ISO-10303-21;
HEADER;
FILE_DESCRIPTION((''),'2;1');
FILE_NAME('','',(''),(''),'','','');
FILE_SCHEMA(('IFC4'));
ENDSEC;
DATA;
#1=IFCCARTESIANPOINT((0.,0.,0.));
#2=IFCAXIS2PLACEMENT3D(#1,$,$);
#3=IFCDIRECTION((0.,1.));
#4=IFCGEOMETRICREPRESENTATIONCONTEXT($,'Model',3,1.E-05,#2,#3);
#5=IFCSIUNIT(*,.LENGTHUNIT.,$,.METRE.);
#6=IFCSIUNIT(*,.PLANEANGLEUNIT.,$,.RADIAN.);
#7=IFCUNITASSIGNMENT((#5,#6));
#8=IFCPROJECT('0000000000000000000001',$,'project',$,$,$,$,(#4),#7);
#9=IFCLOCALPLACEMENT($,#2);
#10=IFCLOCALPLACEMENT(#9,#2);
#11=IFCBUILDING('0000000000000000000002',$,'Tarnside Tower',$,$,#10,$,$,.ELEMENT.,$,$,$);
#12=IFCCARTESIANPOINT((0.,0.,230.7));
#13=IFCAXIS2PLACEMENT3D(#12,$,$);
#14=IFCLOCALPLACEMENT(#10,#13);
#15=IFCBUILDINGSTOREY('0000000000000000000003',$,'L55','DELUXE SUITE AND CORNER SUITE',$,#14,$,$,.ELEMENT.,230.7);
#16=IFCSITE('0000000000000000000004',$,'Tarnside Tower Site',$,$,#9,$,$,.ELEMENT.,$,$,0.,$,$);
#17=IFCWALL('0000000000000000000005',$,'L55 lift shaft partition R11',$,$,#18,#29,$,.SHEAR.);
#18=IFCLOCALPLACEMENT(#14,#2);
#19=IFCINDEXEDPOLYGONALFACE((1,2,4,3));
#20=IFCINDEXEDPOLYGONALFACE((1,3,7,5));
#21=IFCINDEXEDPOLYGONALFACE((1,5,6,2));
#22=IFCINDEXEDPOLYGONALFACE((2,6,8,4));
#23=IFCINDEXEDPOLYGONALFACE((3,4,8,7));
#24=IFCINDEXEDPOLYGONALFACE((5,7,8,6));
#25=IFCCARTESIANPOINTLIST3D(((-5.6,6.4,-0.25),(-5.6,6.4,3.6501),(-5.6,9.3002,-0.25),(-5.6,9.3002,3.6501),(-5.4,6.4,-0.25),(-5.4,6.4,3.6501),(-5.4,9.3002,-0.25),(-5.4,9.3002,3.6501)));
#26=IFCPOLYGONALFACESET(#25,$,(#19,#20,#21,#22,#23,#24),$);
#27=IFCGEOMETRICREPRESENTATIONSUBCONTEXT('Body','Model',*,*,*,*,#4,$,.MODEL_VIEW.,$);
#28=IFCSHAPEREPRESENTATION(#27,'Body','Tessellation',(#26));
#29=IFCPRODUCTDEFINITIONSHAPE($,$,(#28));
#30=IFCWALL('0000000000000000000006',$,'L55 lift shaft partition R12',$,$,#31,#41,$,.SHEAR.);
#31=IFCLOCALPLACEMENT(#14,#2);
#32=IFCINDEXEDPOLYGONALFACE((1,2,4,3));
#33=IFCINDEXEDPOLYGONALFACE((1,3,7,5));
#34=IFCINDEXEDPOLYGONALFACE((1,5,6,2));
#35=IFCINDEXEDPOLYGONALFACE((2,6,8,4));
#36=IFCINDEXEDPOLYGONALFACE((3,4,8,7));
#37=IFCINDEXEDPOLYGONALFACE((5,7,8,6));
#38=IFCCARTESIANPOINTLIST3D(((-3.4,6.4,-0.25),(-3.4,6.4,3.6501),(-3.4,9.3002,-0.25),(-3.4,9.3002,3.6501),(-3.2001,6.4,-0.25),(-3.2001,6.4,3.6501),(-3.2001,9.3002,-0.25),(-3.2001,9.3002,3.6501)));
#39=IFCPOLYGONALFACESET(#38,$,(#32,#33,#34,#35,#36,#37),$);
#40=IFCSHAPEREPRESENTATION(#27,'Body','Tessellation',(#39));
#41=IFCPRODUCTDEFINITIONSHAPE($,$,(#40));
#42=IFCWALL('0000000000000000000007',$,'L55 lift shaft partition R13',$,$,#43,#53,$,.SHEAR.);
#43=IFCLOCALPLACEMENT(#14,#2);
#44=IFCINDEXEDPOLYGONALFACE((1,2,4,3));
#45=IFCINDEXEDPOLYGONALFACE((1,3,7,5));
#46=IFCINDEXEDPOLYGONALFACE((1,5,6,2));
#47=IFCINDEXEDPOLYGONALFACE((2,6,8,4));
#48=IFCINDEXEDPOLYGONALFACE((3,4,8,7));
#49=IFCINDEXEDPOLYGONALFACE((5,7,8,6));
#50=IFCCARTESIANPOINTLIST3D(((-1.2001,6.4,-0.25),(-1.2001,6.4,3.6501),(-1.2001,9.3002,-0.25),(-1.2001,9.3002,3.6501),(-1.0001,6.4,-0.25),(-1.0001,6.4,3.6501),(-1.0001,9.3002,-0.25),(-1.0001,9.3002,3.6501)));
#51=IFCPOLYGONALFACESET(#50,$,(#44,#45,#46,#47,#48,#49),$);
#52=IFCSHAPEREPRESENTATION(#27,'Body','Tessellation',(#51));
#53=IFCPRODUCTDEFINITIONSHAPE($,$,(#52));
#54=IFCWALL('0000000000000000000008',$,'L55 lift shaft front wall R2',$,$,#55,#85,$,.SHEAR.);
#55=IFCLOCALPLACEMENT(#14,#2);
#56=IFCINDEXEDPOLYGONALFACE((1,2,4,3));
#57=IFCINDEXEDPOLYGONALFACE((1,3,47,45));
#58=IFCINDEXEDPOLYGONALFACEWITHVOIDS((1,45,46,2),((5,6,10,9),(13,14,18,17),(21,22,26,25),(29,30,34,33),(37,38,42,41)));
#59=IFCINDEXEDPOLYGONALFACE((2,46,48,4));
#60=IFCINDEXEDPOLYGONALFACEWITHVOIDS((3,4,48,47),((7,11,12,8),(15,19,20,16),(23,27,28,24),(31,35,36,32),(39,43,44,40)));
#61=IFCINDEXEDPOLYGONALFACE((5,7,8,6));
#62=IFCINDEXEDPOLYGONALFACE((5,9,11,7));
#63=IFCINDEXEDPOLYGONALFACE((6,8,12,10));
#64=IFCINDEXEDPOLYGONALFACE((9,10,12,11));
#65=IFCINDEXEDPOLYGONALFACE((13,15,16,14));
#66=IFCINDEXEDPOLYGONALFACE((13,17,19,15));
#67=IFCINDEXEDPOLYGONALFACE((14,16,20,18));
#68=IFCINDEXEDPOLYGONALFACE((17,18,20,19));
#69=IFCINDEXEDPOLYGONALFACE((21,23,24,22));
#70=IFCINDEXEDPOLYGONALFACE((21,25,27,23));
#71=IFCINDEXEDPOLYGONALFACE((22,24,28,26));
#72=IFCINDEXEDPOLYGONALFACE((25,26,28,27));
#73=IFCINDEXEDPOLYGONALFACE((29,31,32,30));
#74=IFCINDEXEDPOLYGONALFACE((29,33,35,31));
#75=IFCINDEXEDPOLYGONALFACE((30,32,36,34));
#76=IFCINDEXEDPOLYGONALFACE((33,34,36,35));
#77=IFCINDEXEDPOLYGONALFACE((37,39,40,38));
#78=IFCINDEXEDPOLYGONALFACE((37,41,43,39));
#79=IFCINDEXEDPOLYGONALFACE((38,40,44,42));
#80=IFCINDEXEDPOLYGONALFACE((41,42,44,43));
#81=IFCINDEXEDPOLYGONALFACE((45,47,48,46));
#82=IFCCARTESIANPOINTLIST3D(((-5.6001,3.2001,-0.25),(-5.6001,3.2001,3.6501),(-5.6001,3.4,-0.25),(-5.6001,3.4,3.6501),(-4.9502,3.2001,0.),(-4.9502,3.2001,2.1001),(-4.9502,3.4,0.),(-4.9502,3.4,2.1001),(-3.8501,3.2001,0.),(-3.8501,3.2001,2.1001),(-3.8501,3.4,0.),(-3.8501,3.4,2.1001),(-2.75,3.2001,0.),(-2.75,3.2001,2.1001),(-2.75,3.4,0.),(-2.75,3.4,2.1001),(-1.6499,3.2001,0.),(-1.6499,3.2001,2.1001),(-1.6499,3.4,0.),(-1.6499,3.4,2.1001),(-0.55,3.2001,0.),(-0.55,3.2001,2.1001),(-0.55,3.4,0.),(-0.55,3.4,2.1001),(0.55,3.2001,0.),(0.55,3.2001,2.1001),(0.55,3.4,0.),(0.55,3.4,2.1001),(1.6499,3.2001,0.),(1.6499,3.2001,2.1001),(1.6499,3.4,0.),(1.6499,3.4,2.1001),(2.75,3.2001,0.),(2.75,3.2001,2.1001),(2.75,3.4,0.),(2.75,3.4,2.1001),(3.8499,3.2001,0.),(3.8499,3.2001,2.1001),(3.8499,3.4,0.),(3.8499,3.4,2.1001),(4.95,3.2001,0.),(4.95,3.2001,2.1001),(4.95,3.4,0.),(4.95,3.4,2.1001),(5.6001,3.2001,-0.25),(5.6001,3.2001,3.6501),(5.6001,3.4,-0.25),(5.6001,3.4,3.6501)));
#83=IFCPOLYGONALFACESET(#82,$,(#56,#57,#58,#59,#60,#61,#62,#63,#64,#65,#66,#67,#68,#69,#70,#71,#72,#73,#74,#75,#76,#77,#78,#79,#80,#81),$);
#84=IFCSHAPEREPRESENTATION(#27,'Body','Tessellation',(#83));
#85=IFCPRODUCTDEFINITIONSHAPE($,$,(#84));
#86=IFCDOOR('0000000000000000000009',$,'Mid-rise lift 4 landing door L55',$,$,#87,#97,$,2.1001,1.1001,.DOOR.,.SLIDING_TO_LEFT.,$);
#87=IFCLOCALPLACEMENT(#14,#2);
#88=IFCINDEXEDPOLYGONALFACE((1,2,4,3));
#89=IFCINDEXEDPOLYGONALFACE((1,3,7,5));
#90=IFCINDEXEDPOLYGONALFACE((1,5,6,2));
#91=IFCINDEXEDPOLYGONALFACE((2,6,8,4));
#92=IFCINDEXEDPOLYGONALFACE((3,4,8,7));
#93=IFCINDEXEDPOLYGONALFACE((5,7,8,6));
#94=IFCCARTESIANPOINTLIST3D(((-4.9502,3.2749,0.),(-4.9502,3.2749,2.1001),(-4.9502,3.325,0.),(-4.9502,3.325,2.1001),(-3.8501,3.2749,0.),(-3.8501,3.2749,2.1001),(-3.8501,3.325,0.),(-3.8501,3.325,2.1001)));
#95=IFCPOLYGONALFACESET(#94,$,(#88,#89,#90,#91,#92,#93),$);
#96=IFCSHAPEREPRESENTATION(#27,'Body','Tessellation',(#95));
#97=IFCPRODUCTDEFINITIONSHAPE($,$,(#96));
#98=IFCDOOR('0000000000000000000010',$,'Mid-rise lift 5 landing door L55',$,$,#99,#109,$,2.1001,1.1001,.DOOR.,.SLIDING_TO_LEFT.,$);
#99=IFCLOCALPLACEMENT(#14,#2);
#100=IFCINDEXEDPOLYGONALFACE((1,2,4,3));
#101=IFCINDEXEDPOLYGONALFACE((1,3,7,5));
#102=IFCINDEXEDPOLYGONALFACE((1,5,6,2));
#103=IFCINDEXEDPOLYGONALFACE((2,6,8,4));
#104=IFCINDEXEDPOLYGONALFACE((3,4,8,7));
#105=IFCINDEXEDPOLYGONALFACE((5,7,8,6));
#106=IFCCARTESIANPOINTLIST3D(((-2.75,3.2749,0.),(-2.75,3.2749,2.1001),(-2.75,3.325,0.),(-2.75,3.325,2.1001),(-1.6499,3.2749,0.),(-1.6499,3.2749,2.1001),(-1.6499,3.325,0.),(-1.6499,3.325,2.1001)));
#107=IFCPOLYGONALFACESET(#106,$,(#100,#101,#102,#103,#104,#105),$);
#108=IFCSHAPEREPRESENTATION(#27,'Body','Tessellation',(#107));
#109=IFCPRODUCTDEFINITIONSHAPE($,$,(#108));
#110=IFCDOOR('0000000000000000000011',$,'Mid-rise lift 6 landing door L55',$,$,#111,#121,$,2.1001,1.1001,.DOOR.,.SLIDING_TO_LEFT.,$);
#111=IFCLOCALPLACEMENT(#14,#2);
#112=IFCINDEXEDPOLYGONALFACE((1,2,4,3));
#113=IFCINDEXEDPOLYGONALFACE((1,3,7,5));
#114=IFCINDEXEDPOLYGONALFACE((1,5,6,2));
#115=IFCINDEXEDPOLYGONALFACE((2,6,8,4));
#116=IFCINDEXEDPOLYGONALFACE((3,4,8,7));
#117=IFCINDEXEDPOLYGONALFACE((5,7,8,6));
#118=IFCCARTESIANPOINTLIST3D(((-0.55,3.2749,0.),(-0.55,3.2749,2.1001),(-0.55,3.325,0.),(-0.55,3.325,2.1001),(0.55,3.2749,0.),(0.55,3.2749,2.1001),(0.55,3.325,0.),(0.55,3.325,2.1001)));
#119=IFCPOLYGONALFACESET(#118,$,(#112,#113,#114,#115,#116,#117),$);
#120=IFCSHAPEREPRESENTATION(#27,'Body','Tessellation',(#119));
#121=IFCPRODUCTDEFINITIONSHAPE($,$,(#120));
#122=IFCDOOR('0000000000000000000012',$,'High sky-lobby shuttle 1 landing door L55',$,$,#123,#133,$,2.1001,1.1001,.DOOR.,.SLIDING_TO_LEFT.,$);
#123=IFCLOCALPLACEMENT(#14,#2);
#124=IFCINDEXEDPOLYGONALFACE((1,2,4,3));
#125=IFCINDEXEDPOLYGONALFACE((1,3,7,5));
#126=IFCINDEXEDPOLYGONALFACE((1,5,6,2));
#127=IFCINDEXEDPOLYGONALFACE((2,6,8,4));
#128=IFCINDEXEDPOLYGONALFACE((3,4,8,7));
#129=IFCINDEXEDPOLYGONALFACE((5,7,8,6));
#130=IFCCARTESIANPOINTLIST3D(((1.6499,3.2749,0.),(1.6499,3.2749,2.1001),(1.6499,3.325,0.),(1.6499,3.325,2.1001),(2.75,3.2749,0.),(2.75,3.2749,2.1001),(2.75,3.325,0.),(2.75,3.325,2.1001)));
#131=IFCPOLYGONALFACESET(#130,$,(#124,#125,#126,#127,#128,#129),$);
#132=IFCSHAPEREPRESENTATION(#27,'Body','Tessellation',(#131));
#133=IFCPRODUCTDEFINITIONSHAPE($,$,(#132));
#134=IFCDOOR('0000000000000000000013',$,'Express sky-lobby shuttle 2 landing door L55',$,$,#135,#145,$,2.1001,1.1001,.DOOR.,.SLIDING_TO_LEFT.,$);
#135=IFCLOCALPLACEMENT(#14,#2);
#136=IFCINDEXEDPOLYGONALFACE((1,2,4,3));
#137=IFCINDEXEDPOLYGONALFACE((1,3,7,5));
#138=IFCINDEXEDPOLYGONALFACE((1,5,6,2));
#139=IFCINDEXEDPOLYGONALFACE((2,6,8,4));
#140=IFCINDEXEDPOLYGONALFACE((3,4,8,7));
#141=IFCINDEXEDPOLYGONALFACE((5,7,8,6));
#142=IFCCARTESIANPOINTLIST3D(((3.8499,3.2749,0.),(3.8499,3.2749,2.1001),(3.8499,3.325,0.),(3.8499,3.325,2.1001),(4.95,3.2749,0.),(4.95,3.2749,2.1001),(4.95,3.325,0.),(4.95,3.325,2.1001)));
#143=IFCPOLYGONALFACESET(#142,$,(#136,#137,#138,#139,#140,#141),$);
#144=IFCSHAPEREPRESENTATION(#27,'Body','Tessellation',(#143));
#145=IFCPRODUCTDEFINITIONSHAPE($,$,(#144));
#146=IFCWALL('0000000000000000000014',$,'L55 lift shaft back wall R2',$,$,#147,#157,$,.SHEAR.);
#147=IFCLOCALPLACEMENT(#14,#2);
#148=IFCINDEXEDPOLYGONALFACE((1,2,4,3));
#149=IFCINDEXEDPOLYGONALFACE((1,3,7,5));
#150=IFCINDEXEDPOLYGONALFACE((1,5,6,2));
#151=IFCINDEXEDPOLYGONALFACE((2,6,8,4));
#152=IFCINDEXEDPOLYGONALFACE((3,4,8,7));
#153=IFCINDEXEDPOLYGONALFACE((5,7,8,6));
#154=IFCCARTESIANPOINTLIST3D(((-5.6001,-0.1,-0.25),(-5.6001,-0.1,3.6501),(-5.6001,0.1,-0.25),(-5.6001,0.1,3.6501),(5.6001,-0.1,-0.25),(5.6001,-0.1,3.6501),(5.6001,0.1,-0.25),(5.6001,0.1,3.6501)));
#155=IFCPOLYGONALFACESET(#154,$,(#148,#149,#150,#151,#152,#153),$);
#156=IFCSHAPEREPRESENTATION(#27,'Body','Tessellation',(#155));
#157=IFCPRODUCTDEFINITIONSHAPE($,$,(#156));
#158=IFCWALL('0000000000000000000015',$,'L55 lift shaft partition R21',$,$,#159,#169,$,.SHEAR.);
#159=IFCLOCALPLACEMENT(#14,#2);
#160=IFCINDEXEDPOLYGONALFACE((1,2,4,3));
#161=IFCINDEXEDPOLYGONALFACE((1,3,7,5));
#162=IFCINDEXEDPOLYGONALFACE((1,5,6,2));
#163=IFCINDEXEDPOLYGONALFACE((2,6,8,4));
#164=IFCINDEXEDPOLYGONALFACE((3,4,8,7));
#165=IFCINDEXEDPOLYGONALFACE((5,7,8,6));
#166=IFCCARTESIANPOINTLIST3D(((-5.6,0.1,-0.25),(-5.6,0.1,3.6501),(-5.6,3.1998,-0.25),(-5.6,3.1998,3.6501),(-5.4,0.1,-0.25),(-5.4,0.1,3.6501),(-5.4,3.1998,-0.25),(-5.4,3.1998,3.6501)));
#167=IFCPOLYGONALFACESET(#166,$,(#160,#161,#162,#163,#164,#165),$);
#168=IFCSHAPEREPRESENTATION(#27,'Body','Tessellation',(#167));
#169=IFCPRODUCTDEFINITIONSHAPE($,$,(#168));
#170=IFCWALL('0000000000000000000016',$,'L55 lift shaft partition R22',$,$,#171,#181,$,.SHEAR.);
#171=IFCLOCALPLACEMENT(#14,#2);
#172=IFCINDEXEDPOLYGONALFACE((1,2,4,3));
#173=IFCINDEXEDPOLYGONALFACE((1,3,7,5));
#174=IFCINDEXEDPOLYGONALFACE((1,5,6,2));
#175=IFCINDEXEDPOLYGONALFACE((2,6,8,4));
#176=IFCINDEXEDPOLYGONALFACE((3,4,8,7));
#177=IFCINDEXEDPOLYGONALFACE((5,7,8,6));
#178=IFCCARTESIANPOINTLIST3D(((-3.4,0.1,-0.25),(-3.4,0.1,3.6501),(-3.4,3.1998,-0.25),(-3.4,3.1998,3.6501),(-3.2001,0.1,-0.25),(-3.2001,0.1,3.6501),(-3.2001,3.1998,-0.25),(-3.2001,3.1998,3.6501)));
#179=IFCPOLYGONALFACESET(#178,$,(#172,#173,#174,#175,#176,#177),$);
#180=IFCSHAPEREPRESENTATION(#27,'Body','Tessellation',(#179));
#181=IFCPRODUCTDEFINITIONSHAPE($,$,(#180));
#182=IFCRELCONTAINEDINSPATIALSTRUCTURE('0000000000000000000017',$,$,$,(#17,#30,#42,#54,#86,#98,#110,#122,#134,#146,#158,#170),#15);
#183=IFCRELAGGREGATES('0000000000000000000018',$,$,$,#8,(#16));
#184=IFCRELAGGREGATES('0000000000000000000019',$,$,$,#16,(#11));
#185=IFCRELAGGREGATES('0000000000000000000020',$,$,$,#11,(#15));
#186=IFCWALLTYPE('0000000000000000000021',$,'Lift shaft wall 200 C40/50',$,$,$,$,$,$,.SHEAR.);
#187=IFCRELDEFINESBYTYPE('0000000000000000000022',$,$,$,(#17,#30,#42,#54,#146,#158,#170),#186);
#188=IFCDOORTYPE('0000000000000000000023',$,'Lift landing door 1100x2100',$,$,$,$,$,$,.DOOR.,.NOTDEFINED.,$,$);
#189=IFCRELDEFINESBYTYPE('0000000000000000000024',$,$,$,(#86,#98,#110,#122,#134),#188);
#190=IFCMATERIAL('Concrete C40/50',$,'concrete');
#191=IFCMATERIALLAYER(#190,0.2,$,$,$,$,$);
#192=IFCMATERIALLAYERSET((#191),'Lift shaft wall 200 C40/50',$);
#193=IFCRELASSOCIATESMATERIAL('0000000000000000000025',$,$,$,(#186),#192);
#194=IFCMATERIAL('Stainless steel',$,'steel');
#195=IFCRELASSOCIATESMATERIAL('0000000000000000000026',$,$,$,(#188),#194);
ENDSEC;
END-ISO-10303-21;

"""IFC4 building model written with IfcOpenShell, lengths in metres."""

from ifc_helpers import new_model, si_unit, direction, frame, frame_2d, origin, place, context, subcontext, project, spatial, rectangle, extrude, material, layer, layer_set, type_object, element, fill, save


model = new_model("IFC4")

# Units and contexts
model_context = context("Model", 3, precision=1e-05, world=origin(), true_north=direction((0.0, 1.0)))
body_context = subcontext(model_context, "Body", "Model", "MODEL_VIEW")
ifc_project = project(units=[si_unit("LENGTHUNIT", "METRE"), si_unit("PLANEANGLEUNIT", "RADIAN")], contexts=[model_context])

# Site, building, storey
site_placement = place(None, origin())
site = spatial("IfcSite", under=ifc_project, at=site_placement, Name="Tarnside Tower Site", CompositionType="ELEMENT", RefElevation=0.0)
building_placement = place(site_placement, origin())
building = spatial("IfcBuilding", under=site, at=building_placement, Name="Tarnside Tower", CompositionType="ELEMENT")
storey_placement = place(building_placement, frame((0.0, 0.0, 230.7)))
storey = spatial("IfcBuildingStorey", under=building, at=storey_placement, Name="L55", Description="DELUXE SUITE AND CORNER SUITE", CompositionType="ELEMENT", Elevation=230.7)

# Shared definitions
ifc_material_1 = material(Name="Concrete C40/50", Category="concrete")
ifc_layer_1 = layer(ifc_material_1, 0.2)
ifc_layer_set_1 = layer_set([ifc_layer_1], Name="Lift shaft wall 200 C40/50")
wall_type_1 = type_object("IfcWallType", Name="Lift shaft wall 200 C40/50", PredefinedType="SHEAR", material=ifc_layer_set_1)
ifc_material_2 = material(Name="Stainless steel", Category="steel")
door_type_1 = type_object("IfcDoorType", Name="Lift landing door 1100x2100", OperationType="NOTDEFINED", PredefinedType="DOOR", material=ifc_material_2)

# Walls
for number, where, z_axis, x_axis, name in (
    (1, (-5.5, 6.3999, -0.25), (0.0, 0.0, 1.0), (0.0, 1.0, 0.0), "L55 lift shaft partition R11"),
    (2, (-3.3, 6.3999, -0.25), (0.0, 0.0, 1.0), (0.0, 1.0, 0.0), "L55 lift shaft partition R12"),
    (3, (-1.1001, 6.3999, -0.25), (0.0, 0.0, 1.0), (0.0, 1.0, 0.0), "L55 lift shaft partition R13"),
):
    element("IfcWall", number, at=place(storey_placement, frame(where, z_axis=z_axis, x_axis=x_axis)), inside=storey, type_object=wall_type_1, Name=name, PredefinedType="SHEAR", context=body_context, shape_type="SweptSolid", body=[
        extrude(rectangle(XDim=2.9001, YDim=0.2, at=frame_2d((1.4502, 0.0))), origin(), (0.0, 0.0, 1.0), 3.9001),
    ])

# Wall, openings, doors
wall_1_placement = place(storey_placement, frame((-5.6001, 3.3, -0.25), z_axis=(0.0, 0.0, 1.0), x_axis=(1.0, 0.0, 0.0)))
wall_1 = element("IfcWall", 4, at=wall_1_placement, inside=storey, type_object=wall_type_1, Name="L55 lift shaft front wall R2", PredefinedType="SHEAR", context=body_context, shape_type="SweptSolid", body=[
    extrude(rectangle(XDim=11.2002, YDim=0.2, at=frame_2d((5.6001, 0.0))), origin(), (0.0, 0.0, 1.0), 3.9001),
])
opening_1_placement = place(wall_1_placement, frame((0.6499, 0.0, 0.25)))
opening_1 = element("IfcOpeningElement", 5, at=opening_1_placement, cuts=wall_1, PredefinedType="OPENING", context=body_context, shape_type="SweptSolid", body=[
    extrude(rectangle(XDim=1.1001, YDim=2.1001, at=frame_2d((0.55, 1.05))), frame((0.0, 0.1099, 0.0), z_axis=(0.0, -1.0, 0.0), x_axis=(1.0, 0.0, 0.0)), (0.0, 0.0, 1.0), 0.22),
])
opening_2_placement = place(wall_1_placement, frame((2.8501, 0.0, 0.25)))
opening_2 = element("IfcOpeningElement", 6, at=opening_2_placement, cuts=wall_1, PredefinedType="OPENING", context=body_context, shape_type="SweptSolid", body=[
    extrude(rectangle(XDim=1.1001, YDim=2.1001, at=frame_2d((0.55, 1.05))), frame((0.0, 0.1099, 0.0), z_axis=(0.0, -1.0, 0.0), x_axis=(1.0, 0.0, 0.0)), (0.0, 0.0, 1.0), 0.22),
])
opening_3_placement = place(wall_1_placement, frame((5.05, 0.0, 0.25)))
opening_3 = element("IfcOpeningElement", 7, at=opening_3_placement, cuts=wall_1, PredefinedType="OPENING", context=body_context, shape_type="SweptSolid", body=[
    extrude(rectangle(XDim=1.1001, YDim=2.1001, at=frame_2d((0.55, 1.05))), frame((0.0, 0.1099, 0.0), z_axis=(0.0, -1.0, 0.0), x_axis=(1.0, 0.0, 0.0)), (0.0, 0.0, 1.0), 0.22),
])
opening_4_placement = place(wall_1_placement, frame((7.25, 0.0, 0.25)))
opening_4 = element("IfcOpeningElement", 8, at=opening_4_placement, cuts=wall_1, PredefinedType="OPENING", context=body_context, shape_type="SweptSolid", body=[
    extrude(rectangle(XDim=1.1001, YDim=2.1001, at=frame_2d((0.55, 1.05))), frame((0.0, 0.1099, 0.0), z_axis=(0.0, -1.0, 0.0), x_axis=(1.0, 0.0, 0.0)), (0.0, 0.0, 1.0), 0.22),
])
opening_5_placement = place(wall_1_placement, frame((9.45, 0.0, 0.25)))
opening_5 = element("IfcOpeningElement", 9, at=opening_5_placement, cuts=wall_1, PredefinedType="OPENING", context=body_context, shape_type="SweptSolid", body=[
    extrude(rectangle(XDim=1.1001, YDim=2.1001, at=frame_2d((0.55, 1.05))), frame((0.0, 0.1099, 0.0), z_axis=(0.0, -1.0, 0.0), x_axis=(1.0, 0.0, 0.0)), (0.0, 0.0, 1.0), 0.22),
])
door_1_placement = place(opening_1_placement, origin())
door_1 = element("IfcDoor", 10, at=door_1_placement, inside=storey, type_object=door_type_1, Name="Mid-rise lift 4 landing door L55", OperationType="SLIDING_TO_LEFT", OverallHeight=2.1001, OverallWidth=1.1001, PredefinedType="DOOR", context=body_context, shape_type="SweptSolid", body=[
    extrude(rectangle(XDim=1.1001, YDim=2.1001, at=frame_2d((0.55, 1.05))), frame((0.0, 0.0249, 0.0), z_axis=(0.0, -1.0, 0.0), x_axis=(1.0, 0.0, 0.0)), (0.0, 0.0, 1.0), 0.05),
])
fill(opening_1, door_1)
door_2_placement = place(opening_2_placement, origin())
door_2 = element("IfcDoor", 11, at=door_2_placement, inside=storey, type_object=door_type_1, Name="Mid-rise lift 5 landing door L55", OperationType="SLIDING_TO_LEFT", OverallHeight=2.1001, OverallWidth=1.1001, PredefinedType="DOOR", context=body_context, shape_type="SweptSolid", body=[
    extrude(rectangle(XDim=1.1001, YDim=2.1001, at=frame_2d((0.55, 1.05))), frame((0.0, 0.0249, 0.0), z_axis=(0.0, -1.0, 0.0), x_axis=(1.0, 0.0, 0.0)), (0.0, 0.0, 1.0), 0.05),
])
fill(opening_2, door_2)
door_3_placement = place(opening_3_placement, origin())
door_3 = element("IfcDoor", 12, at=door_3_placement, inside=storey, type_object=door_type_1, Name="Mid-rise lift 6 landing door L55", OperationType="SLIDING_TO_LEFT", OverallHeight=2.1001, OverallWidth=1.1001, PredefinedType="DOOR", context=body_context, shape_type="SweptSolid", body=[
    extrude(rectangle(XDim=1.1001, YDim=2.1001, at=frame_2d((0.55, 1.05))), frame((0.0, 0.0249, 0.0), z_axis=(0.0, -1.0, 0.0), x_axis=(1.0, 0.0, 0.0)), (0.0, 0.0, 1.0), 0.05),
])
fill(opening_3, door_3)
door_4_placement = place(opening_4_placement, origin())
door_4 = element("IfcDoor", 13, at=door_4_placement, inside=storey, type_object=door_type_1, Name="High sky-lobby shuttle 1 landing door L55", OperationType="SLIDING_TO_LEFT", OverallHeight=2.1001, OverallWidth=1.1001, PredefinedType="DOOR", context=body_context, shape_type="SweptSolid", body=[
    extrude(rectangle(XDim=1.1001, YDim=2.1001, at=frame_2d((0.55, 1.05))), frame((0.0, 0.0249, 0.0), z_axis=(0.0, -1.0, 0.0), x_axis=(1.0, 0.0, 0.0)), (0.0, 0.0, 1.0), 0.05),
])
fill(opening_4, door_4)
door_5_placement = place(opening_5_placement, origin())
door_5 = element("IfcDoor", 14, at=door_5_placement, inside=storey, type_object=door_type_1, Name="Express sky-lobby shuttle 2 landing door L55", OperationType="SLIDING_TO_LEFT", OverallHeight=2.1001, OverallWidth=1.1001, PredefinedType="DOOR", context=body_context, shape_type="SweptSolid", body=[
    extrude(rectangle(XDim=1.1001, YDim=2.1001, at=frame_2d((0.55, 1.05))), frame((0.0, 0.0249, 0.0), z_axis=(0.0, -1.0, 0.0), x_axis=(1.0, 0.0, 0.0)), (0.0, 0.0, 1.0), 0.05),
])
fill(opening_5, door_5)

# Walls
wall_2_placement = place(storey_placement, frame((-5.6001, 0.0, -0.25), z_axis=(0.0, 0.0, 1.0), x_axis=(1.0, 0.0, 0.0)))
element("IfcWall", 15, at=wall_2_placement, inside=storey, type_object=wall_type_1, Name="L55 lift shaft back wall R2", PredefinedType="SHEAR", context=body_context, shape_type="SweptSolid", body=[
    extrude(rectangle(XDim=11.2002, YDim=0.2, at=frame_2d((5.6001, 0.0))), origin(), (0.0, 0.0, 1.0), 3.9001),
])
for number, where, z_axis, x_axis, name in (
    (16, (-5.5, 0.1001, -0.25), (0.0, 0.0, 1.0), (0.0, 1.0, 0.0), "L55 lift shaft partition R21"),
    (17, (-3.3, 0.1001, -0.25), (0.0, 0.0, 1.0), (0.0, 1.0, 0.0), "L55 lift shaft partition R22"),
):
    element("IfcWall", number, at=place(storey_placement, frame(where, z_axis=z_axis, x_axis=x_axis)), inside=storey, type_object=wall_type_1, Name=name, PredefinedType="SHEAR", context=body_context, shape_type="SweptSolid", body=[
        extrude(rectangle(XDim=3.0999, YDim=0.2, at=frame_2d((1.5498, 0.0))), origin(), (0.0, 0.0, 1.0), 3.9001),
    ])

save(model, "model.ifc")
